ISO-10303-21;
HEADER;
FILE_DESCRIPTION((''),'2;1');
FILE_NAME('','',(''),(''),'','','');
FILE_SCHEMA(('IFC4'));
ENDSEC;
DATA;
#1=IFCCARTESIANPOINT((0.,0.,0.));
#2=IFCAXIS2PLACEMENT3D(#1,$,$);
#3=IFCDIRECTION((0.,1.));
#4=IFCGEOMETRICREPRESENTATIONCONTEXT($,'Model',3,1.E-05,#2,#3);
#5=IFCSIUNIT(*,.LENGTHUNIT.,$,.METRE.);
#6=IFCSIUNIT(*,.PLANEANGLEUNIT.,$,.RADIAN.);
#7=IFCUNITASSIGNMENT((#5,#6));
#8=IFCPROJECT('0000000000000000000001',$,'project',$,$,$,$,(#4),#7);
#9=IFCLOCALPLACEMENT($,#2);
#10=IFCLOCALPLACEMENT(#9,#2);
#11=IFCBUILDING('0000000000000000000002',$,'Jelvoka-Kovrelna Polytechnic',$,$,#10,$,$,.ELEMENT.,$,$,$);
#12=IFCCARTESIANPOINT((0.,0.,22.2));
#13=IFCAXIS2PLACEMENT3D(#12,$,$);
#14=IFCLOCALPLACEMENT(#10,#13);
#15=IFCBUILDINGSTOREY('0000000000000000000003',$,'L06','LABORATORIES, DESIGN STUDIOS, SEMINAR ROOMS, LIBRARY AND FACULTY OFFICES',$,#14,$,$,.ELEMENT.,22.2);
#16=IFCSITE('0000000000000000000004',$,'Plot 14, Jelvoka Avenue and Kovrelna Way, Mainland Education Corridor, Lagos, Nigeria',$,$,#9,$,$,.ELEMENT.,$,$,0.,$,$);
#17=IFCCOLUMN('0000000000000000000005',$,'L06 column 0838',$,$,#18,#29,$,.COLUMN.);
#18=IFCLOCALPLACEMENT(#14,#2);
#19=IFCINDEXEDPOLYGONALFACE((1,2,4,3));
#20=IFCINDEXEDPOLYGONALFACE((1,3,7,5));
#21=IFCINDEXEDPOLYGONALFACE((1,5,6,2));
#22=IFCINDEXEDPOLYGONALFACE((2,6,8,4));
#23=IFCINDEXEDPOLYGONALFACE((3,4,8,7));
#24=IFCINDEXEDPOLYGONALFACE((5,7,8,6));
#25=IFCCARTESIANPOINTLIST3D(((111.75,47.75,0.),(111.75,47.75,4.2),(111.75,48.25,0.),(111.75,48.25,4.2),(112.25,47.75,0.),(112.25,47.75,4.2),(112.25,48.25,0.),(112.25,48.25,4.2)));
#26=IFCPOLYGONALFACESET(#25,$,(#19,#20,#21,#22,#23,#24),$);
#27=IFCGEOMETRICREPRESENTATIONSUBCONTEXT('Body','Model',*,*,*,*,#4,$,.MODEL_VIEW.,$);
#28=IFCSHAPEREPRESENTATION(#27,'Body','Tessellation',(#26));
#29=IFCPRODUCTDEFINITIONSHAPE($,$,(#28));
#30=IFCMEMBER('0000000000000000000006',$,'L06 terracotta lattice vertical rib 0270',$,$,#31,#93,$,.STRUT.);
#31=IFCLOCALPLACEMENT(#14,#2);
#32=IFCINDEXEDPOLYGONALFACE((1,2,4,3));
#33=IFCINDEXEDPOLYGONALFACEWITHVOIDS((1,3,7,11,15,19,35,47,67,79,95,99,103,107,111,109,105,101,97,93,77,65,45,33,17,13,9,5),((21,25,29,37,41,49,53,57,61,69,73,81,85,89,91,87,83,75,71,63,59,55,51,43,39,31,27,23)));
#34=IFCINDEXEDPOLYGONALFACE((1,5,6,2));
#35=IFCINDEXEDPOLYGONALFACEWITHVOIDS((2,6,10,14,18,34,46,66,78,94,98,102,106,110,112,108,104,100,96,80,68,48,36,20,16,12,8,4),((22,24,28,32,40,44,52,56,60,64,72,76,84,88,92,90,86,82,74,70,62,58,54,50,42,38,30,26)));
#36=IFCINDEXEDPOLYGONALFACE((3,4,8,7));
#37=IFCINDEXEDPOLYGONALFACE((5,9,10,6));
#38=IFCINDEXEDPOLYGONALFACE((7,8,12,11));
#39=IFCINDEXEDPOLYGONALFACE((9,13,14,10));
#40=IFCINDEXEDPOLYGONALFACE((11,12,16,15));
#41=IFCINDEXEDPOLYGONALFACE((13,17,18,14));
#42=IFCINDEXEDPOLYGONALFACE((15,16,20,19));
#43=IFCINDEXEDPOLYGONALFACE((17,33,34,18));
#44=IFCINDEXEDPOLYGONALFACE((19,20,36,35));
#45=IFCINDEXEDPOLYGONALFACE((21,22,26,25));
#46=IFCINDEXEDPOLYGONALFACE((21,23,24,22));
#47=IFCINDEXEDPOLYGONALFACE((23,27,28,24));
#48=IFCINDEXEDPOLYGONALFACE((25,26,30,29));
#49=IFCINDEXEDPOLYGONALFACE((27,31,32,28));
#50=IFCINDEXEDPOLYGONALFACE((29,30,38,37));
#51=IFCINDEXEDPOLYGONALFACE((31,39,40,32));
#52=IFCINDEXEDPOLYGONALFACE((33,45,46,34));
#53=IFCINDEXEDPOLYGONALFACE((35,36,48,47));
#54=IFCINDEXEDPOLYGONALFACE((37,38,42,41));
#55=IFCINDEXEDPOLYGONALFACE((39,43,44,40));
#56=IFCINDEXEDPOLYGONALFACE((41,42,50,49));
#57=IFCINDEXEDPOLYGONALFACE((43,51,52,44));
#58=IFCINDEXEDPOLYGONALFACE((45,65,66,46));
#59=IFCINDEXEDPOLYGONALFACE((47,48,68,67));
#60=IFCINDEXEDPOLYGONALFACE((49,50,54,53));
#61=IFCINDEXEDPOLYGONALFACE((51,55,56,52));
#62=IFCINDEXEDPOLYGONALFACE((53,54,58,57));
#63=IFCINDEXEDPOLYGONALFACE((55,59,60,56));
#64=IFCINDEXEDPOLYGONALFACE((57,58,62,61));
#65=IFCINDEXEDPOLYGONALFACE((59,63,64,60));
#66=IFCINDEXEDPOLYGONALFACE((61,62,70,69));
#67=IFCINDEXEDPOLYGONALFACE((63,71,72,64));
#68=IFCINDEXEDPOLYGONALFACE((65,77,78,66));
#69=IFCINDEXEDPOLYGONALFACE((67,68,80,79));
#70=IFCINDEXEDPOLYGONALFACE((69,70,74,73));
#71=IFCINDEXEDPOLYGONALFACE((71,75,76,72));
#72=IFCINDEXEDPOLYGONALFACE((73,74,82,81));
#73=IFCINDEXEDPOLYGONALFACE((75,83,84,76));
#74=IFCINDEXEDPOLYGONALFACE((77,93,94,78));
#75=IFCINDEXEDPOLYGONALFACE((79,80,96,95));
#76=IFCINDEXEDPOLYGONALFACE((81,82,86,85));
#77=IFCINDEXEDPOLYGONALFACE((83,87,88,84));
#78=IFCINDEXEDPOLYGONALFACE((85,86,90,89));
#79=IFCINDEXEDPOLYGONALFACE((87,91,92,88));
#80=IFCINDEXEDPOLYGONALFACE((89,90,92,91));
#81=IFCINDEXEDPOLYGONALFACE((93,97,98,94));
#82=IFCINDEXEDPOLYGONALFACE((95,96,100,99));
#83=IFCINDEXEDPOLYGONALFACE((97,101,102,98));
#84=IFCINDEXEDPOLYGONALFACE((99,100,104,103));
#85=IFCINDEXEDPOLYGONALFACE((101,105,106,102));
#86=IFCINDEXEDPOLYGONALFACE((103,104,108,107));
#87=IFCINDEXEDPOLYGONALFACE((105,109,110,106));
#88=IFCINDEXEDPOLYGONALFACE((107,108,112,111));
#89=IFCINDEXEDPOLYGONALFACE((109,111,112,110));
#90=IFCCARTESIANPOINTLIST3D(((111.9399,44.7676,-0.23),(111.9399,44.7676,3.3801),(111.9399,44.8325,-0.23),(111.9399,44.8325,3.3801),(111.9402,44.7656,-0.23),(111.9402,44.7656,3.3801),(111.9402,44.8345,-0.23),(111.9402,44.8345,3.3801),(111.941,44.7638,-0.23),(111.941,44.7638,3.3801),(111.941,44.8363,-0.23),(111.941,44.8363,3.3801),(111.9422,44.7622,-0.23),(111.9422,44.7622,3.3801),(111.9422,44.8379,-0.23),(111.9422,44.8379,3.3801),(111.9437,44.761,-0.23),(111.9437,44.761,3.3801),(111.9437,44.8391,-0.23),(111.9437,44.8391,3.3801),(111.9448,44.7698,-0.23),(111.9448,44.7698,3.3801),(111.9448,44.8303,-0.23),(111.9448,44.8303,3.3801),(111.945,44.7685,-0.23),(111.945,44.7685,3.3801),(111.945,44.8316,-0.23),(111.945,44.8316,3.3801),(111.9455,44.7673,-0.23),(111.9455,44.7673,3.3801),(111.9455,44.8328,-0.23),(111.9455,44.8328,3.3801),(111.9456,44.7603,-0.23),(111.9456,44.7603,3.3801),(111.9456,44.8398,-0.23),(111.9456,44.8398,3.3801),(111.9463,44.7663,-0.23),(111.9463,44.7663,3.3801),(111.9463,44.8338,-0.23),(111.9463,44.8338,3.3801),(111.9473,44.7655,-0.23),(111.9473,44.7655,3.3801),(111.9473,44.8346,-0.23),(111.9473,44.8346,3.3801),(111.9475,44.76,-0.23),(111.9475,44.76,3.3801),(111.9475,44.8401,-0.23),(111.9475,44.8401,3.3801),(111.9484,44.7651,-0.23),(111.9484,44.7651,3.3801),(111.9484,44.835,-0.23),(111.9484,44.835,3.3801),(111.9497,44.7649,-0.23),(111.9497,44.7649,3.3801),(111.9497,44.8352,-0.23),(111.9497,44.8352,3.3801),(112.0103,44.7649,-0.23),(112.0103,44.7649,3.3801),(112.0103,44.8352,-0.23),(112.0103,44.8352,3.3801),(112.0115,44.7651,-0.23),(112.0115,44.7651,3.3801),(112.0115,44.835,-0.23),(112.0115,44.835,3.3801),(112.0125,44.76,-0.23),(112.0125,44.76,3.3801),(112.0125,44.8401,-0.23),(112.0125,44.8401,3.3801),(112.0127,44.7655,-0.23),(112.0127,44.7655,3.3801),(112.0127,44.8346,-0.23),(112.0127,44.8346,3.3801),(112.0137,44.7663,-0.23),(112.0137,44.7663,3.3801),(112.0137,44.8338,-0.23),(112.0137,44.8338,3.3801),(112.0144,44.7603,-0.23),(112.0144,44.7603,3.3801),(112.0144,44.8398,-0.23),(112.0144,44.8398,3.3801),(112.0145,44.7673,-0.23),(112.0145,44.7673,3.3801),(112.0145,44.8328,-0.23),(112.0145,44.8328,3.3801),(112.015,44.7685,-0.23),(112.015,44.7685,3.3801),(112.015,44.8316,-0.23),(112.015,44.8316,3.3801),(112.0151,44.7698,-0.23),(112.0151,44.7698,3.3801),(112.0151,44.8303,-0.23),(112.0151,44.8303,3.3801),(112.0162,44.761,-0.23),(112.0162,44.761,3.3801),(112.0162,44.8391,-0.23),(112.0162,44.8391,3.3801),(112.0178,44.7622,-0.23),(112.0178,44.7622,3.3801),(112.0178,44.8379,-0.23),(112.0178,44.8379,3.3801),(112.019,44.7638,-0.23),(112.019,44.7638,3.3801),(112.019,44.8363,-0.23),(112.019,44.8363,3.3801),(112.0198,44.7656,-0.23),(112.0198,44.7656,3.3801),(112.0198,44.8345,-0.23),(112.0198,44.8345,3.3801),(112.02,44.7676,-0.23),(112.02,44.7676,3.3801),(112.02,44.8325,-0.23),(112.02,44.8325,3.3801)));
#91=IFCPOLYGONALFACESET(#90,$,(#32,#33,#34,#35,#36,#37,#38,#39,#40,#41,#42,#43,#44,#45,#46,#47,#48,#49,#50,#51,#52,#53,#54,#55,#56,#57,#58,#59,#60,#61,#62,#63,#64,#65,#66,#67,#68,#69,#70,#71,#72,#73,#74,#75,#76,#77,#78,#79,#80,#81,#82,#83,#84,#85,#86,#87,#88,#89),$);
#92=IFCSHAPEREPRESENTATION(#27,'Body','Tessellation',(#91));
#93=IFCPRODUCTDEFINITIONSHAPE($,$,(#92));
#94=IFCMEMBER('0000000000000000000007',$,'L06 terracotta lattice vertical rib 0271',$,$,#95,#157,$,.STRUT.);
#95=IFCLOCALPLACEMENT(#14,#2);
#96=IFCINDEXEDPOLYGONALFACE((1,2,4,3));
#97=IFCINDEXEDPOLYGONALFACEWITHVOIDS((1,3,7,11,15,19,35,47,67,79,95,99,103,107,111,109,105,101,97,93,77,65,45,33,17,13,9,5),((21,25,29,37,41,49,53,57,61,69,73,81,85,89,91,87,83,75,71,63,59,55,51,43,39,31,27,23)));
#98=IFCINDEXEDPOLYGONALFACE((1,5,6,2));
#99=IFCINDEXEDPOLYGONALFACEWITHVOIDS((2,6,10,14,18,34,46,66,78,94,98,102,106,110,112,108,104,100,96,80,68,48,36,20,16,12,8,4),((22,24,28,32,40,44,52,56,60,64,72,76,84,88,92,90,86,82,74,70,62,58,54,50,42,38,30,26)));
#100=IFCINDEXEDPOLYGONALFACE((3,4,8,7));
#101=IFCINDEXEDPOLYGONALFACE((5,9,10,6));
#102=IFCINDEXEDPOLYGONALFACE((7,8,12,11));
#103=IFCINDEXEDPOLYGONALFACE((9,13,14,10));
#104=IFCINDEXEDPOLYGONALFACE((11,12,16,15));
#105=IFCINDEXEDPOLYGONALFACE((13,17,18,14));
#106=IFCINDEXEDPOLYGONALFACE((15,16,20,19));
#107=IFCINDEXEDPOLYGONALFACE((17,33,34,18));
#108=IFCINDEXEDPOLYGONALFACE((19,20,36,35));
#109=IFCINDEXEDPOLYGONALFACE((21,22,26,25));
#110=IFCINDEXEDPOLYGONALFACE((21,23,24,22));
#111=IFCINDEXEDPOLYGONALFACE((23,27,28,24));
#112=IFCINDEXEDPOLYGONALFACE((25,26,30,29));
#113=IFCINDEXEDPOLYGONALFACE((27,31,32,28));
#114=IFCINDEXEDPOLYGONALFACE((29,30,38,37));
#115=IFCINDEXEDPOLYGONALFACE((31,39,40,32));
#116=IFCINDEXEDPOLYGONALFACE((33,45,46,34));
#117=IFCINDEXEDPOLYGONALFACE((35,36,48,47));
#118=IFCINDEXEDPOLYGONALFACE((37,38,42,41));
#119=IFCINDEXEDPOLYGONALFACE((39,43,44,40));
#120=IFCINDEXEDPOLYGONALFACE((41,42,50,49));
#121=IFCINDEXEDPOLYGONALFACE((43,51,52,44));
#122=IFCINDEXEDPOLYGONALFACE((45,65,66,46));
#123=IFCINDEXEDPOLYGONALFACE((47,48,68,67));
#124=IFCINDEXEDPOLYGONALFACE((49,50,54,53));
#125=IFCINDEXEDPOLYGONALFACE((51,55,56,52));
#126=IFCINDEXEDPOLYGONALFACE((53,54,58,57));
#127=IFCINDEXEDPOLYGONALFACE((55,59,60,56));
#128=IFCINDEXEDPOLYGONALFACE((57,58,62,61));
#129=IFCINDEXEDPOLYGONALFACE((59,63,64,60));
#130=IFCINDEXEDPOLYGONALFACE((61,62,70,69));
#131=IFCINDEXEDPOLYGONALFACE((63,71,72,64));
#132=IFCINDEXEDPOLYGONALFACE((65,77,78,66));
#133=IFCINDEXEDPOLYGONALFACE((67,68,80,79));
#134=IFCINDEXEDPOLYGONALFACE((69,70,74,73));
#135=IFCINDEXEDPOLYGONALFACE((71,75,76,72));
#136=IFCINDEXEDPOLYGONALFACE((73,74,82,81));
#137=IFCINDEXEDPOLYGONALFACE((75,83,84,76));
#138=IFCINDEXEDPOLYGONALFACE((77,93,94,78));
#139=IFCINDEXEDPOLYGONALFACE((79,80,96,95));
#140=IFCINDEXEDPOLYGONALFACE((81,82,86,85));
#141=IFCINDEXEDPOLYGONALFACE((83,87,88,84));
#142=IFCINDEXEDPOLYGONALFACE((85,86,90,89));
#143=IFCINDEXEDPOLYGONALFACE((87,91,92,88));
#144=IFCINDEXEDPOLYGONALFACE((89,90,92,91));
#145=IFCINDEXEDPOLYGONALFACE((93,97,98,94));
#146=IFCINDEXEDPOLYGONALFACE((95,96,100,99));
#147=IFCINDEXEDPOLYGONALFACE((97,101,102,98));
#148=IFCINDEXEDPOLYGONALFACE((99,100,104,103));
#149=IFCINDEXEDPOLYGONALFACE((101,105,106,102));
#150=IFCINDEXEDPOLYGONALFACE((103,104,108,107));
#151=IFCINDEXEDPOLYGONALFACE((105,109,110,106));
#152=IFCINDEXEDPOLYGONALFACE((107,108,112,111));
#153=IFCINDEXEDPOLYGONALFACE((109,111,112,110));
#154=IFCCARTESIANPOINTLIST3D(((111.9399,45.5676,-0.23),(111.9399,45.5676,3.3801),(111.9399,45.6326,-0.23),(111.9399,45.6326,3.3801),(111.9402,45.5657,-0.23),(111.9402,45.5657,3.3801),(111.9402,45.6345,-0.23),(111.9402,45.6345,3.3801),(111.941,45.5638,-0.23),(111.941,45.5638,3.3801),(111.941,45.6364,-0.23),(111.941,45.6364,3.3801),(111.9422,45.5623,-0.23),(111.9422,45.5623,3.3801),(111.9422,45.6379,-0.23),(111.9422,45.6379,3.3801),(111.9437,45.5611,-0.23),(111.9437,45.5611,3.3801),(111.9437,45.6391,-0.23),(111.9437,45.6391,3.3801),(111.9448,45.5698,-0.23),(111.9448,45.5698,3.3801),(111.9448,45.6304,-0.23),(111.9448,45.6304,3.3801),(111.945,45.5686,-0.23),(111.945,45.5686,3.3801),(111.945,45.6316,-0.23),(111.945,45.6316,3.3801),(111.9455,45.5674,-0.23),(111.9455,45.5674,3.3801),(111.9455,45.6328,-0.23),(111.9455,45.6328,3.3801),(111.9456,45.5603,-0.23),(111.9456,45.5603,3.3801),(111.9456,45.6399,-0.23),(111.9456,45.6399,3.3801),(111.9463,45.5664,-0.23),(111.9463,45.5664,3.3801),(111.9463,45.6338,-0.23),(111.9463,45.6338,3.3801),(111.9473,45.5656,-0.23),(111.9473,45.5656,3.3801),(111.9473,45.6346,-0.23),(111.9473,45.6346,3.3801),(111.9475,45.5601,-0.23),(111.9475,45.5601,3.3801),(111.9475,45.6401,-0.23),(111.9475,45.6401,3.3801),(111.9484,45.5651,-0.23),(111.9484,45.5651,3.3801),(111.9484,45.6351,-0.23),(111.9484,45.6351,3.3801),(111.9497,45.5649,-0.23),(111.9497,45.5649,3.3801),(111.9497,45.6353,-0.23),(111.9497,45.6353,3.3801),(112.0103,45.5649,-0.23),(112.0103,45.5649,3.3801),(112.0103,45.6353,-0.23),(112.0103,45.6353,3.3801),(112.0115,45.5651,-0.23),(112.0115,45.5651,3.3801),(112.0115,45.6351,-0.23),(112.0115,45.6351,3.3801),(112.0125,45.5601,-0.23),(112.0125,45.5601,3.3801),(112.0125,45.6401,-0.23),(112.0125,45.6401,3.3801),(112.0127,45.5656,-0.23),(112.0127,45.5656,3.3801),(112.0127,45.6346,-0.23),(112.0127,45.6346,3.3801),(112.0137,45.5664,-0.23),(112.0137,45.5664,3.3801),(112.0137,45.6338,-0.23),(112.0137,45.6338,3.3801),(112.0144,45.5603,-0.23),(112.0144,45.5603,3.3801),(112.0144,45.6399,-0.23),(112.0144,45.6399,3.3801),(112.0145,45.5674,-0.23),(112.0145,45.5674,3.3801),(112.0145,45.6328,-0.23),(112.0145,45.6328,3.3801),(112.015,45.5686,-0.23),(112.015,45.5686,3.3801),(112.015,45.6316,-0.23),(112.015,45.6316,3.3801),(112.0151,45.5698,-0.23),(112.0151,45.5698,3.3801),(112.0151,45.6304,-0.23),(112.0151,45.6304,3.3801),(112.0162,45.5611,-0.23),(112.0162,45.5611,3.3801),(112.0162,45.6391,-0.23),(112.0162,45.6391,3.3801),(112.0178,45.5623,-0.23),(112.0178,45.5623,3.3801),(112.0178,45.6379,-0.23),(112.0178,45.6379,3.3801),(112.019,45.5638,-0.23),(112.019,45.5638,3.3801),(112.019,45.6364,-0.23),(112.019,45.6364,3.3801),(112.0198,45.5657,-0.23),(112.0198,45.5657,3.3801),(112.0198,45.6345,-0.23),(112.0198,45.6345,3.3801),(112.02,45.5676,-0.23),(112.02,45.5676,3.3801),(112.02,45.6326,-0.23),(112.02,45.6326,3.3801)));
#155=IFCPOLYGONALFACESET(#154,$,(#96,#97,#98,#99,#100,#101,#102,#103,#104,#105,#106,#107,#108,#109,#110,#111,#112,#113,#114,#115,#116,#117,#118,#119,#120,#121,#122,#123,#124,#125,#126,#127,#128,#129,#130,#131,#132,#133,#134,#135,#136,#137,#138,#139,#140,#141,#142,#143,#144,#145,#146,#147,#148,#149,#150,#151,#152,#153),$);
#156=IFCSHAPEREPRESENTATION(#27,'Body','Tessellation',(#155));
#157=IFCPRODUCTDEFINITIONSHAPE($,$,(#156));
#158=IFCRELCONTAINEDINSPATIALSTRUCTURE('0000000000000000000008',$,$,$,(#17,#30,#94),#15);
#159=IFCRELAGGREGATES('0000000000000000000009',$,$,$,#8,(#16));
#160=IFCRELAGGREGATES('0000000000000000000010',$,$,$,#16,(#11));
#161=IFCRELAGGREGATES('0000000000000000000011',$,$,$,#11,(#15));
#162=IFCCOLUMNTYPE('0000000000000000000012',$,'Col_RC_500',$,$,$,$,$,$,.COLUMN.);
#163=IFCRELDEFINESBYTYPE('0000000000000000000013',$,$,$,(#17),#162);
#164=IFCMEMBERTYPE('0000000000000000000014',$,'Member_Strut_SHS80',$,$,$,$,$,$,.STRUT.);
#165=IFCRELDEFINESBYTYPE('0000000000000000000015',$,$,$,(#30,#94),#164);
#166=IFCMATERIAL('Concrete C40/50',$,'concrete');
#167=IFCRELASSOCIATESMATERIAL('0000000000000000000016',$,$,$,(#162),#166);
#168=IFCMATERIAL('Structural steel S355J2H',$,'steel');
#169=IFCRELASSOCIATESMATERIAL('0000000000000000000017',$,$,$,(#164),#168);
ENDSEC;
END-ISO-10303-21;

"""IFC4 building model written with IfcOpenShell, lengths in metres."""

from ifc_helpers import new_model, si_unit, direction, frame, origin, origin_2d, place, context, subcontext, project, spatial, rectangle, hollow_rectangle, extrude, material, material_profile, profile_set, type_object, element, save


model = new_model("IFC4")

# Units and contexts
model_context = context("Model", 3, precision=1e-05, world=origin(), true_north=direction((0.0, 1.0)))
body_context = subcontext(model_context, "Body", "Model", "MODEL_VIEW")
ifc_project = project(units=[si_unit("LENGTHUNIT", "METRE"), si_unit("PLANEANGLEUNIT", "RADIAN")], contexts=[model_context])

# Site, building, storey
site_placement = place(None, origin())
site = spatial("IfcSite", under=ifc_project, at=site_placement, Name="Plot 14, Jelvoka Avenue and Kovrelna Way, Mainland Education Corridor, Lagos, Nigeria", CompositionType="ELEMENT", RefElevation=0.0)
building_placement = place(site_placement, origin())
building = spatial("IfcBuilding", under=site, at=building_placement, Name="Jelvoka-Kovrelna Polytechnic", CompositionType="ELEMENT")
storey_placement = place(building_placement, frame((0.0, 0.0, 22.2)))
storey = spatial("IfcBuildingStorey", under=building, at=storey_placement, Name="L06", Description="LABORATORIES, DESIGN STUDIOS, SEMINAR ROOMS, LIBRARY AND FACULTY OFFICES", CompositionType="ELEMENT", Elevation=22.2)

# Column
ifc_material_1 = material(Name="Concrete C40/50", Category="concrete")
ifc_material_profile_1 = material_profile(ifc_material_1, rectangle(XDim=0.5, YDim=0.5, at=origin_2d()), Name="RC 500x500")
ifc_profile_set_1 = profile_set([ifc_material_profile_1], Name="Concrete C40/50")
column_type = type_object("IfcColumnType", Name="Col_RC_500", PredefinedType="COLUMN", material=ifc_profile_set_1)
column_placement = place(storey_placement, frame((112.0, 48.0, 0.0), z_axis=(0.0, 0.0, 1.0), x_axis=(1.0, 0.0, 0.0)))
element("IfcColumn", 1, at=column_placement, inside=storey, type_object=column_type, Name="L06 column 0838", PredefinedType="COLUMN", context=body_context, shape_type="SweptSolid", body=[
    extrude(rectangle(XDim=0.5, YDim=0.5, at=origin_2d()), origin(), (0.0, 0.0, 1.0), 4.2),
])

# Members
ifc_material_2 = material(Name="Structural steel S355J2H", Category="steel")
ifc_material_profile_2 = material_profile(ifc_material_2, hollow_rectangle(XDim=0.0801, YDim=0.0801, WallThickness=0.0049, InnerFilletRadius=0.0049, OuterFilletRadius=0.0076, at=origin_2d()), Name="80x80x5.0 SHS")
ifc_profile_set_2 = profile_set([ifc_material_profile_2], Name="Structural steel S355J2H")
member_type = type_object("IfcMemberType", Name="Member_Strut_SHS80", PredefinedType="STRUT", material=ifc_profile_set_2)
for number, where, z_axis, x_axis, name in (
    (2, (111.98, 44.8, -0.23), (0.0, 0.0, 1.0), (1.0, 0.0, 0.0), "L06 terracotta lattice vertical rib 0270"),
    (3, (111.98, 45.6001, -0.23), (0.0, 0.0, 1.0), (1.0, 0.0, 0.0), "L06 terracotta lattice vertical rib 0271"),
):
    element("IfcMember", number, at=place(storey_placement, frame(where, z_axis=z_axis, x_axis=x_axis)), inside=storey, type_object=member_type, Name=name, PredefinedType="STRUT", context=body_context, shape_type="SweptSolid", body=[
        extrude(hollow_rectangle(XDim=0.0801, YDim=0.0801, WallThickness=0.0049, InnerFilletRadius=0.0049, OuterFilletRadius=0.0076, at=origin_2d()), origin(), (0.0, 0.0, 1.0), 3.6101),
    ])

save(model, "model.ifc")
